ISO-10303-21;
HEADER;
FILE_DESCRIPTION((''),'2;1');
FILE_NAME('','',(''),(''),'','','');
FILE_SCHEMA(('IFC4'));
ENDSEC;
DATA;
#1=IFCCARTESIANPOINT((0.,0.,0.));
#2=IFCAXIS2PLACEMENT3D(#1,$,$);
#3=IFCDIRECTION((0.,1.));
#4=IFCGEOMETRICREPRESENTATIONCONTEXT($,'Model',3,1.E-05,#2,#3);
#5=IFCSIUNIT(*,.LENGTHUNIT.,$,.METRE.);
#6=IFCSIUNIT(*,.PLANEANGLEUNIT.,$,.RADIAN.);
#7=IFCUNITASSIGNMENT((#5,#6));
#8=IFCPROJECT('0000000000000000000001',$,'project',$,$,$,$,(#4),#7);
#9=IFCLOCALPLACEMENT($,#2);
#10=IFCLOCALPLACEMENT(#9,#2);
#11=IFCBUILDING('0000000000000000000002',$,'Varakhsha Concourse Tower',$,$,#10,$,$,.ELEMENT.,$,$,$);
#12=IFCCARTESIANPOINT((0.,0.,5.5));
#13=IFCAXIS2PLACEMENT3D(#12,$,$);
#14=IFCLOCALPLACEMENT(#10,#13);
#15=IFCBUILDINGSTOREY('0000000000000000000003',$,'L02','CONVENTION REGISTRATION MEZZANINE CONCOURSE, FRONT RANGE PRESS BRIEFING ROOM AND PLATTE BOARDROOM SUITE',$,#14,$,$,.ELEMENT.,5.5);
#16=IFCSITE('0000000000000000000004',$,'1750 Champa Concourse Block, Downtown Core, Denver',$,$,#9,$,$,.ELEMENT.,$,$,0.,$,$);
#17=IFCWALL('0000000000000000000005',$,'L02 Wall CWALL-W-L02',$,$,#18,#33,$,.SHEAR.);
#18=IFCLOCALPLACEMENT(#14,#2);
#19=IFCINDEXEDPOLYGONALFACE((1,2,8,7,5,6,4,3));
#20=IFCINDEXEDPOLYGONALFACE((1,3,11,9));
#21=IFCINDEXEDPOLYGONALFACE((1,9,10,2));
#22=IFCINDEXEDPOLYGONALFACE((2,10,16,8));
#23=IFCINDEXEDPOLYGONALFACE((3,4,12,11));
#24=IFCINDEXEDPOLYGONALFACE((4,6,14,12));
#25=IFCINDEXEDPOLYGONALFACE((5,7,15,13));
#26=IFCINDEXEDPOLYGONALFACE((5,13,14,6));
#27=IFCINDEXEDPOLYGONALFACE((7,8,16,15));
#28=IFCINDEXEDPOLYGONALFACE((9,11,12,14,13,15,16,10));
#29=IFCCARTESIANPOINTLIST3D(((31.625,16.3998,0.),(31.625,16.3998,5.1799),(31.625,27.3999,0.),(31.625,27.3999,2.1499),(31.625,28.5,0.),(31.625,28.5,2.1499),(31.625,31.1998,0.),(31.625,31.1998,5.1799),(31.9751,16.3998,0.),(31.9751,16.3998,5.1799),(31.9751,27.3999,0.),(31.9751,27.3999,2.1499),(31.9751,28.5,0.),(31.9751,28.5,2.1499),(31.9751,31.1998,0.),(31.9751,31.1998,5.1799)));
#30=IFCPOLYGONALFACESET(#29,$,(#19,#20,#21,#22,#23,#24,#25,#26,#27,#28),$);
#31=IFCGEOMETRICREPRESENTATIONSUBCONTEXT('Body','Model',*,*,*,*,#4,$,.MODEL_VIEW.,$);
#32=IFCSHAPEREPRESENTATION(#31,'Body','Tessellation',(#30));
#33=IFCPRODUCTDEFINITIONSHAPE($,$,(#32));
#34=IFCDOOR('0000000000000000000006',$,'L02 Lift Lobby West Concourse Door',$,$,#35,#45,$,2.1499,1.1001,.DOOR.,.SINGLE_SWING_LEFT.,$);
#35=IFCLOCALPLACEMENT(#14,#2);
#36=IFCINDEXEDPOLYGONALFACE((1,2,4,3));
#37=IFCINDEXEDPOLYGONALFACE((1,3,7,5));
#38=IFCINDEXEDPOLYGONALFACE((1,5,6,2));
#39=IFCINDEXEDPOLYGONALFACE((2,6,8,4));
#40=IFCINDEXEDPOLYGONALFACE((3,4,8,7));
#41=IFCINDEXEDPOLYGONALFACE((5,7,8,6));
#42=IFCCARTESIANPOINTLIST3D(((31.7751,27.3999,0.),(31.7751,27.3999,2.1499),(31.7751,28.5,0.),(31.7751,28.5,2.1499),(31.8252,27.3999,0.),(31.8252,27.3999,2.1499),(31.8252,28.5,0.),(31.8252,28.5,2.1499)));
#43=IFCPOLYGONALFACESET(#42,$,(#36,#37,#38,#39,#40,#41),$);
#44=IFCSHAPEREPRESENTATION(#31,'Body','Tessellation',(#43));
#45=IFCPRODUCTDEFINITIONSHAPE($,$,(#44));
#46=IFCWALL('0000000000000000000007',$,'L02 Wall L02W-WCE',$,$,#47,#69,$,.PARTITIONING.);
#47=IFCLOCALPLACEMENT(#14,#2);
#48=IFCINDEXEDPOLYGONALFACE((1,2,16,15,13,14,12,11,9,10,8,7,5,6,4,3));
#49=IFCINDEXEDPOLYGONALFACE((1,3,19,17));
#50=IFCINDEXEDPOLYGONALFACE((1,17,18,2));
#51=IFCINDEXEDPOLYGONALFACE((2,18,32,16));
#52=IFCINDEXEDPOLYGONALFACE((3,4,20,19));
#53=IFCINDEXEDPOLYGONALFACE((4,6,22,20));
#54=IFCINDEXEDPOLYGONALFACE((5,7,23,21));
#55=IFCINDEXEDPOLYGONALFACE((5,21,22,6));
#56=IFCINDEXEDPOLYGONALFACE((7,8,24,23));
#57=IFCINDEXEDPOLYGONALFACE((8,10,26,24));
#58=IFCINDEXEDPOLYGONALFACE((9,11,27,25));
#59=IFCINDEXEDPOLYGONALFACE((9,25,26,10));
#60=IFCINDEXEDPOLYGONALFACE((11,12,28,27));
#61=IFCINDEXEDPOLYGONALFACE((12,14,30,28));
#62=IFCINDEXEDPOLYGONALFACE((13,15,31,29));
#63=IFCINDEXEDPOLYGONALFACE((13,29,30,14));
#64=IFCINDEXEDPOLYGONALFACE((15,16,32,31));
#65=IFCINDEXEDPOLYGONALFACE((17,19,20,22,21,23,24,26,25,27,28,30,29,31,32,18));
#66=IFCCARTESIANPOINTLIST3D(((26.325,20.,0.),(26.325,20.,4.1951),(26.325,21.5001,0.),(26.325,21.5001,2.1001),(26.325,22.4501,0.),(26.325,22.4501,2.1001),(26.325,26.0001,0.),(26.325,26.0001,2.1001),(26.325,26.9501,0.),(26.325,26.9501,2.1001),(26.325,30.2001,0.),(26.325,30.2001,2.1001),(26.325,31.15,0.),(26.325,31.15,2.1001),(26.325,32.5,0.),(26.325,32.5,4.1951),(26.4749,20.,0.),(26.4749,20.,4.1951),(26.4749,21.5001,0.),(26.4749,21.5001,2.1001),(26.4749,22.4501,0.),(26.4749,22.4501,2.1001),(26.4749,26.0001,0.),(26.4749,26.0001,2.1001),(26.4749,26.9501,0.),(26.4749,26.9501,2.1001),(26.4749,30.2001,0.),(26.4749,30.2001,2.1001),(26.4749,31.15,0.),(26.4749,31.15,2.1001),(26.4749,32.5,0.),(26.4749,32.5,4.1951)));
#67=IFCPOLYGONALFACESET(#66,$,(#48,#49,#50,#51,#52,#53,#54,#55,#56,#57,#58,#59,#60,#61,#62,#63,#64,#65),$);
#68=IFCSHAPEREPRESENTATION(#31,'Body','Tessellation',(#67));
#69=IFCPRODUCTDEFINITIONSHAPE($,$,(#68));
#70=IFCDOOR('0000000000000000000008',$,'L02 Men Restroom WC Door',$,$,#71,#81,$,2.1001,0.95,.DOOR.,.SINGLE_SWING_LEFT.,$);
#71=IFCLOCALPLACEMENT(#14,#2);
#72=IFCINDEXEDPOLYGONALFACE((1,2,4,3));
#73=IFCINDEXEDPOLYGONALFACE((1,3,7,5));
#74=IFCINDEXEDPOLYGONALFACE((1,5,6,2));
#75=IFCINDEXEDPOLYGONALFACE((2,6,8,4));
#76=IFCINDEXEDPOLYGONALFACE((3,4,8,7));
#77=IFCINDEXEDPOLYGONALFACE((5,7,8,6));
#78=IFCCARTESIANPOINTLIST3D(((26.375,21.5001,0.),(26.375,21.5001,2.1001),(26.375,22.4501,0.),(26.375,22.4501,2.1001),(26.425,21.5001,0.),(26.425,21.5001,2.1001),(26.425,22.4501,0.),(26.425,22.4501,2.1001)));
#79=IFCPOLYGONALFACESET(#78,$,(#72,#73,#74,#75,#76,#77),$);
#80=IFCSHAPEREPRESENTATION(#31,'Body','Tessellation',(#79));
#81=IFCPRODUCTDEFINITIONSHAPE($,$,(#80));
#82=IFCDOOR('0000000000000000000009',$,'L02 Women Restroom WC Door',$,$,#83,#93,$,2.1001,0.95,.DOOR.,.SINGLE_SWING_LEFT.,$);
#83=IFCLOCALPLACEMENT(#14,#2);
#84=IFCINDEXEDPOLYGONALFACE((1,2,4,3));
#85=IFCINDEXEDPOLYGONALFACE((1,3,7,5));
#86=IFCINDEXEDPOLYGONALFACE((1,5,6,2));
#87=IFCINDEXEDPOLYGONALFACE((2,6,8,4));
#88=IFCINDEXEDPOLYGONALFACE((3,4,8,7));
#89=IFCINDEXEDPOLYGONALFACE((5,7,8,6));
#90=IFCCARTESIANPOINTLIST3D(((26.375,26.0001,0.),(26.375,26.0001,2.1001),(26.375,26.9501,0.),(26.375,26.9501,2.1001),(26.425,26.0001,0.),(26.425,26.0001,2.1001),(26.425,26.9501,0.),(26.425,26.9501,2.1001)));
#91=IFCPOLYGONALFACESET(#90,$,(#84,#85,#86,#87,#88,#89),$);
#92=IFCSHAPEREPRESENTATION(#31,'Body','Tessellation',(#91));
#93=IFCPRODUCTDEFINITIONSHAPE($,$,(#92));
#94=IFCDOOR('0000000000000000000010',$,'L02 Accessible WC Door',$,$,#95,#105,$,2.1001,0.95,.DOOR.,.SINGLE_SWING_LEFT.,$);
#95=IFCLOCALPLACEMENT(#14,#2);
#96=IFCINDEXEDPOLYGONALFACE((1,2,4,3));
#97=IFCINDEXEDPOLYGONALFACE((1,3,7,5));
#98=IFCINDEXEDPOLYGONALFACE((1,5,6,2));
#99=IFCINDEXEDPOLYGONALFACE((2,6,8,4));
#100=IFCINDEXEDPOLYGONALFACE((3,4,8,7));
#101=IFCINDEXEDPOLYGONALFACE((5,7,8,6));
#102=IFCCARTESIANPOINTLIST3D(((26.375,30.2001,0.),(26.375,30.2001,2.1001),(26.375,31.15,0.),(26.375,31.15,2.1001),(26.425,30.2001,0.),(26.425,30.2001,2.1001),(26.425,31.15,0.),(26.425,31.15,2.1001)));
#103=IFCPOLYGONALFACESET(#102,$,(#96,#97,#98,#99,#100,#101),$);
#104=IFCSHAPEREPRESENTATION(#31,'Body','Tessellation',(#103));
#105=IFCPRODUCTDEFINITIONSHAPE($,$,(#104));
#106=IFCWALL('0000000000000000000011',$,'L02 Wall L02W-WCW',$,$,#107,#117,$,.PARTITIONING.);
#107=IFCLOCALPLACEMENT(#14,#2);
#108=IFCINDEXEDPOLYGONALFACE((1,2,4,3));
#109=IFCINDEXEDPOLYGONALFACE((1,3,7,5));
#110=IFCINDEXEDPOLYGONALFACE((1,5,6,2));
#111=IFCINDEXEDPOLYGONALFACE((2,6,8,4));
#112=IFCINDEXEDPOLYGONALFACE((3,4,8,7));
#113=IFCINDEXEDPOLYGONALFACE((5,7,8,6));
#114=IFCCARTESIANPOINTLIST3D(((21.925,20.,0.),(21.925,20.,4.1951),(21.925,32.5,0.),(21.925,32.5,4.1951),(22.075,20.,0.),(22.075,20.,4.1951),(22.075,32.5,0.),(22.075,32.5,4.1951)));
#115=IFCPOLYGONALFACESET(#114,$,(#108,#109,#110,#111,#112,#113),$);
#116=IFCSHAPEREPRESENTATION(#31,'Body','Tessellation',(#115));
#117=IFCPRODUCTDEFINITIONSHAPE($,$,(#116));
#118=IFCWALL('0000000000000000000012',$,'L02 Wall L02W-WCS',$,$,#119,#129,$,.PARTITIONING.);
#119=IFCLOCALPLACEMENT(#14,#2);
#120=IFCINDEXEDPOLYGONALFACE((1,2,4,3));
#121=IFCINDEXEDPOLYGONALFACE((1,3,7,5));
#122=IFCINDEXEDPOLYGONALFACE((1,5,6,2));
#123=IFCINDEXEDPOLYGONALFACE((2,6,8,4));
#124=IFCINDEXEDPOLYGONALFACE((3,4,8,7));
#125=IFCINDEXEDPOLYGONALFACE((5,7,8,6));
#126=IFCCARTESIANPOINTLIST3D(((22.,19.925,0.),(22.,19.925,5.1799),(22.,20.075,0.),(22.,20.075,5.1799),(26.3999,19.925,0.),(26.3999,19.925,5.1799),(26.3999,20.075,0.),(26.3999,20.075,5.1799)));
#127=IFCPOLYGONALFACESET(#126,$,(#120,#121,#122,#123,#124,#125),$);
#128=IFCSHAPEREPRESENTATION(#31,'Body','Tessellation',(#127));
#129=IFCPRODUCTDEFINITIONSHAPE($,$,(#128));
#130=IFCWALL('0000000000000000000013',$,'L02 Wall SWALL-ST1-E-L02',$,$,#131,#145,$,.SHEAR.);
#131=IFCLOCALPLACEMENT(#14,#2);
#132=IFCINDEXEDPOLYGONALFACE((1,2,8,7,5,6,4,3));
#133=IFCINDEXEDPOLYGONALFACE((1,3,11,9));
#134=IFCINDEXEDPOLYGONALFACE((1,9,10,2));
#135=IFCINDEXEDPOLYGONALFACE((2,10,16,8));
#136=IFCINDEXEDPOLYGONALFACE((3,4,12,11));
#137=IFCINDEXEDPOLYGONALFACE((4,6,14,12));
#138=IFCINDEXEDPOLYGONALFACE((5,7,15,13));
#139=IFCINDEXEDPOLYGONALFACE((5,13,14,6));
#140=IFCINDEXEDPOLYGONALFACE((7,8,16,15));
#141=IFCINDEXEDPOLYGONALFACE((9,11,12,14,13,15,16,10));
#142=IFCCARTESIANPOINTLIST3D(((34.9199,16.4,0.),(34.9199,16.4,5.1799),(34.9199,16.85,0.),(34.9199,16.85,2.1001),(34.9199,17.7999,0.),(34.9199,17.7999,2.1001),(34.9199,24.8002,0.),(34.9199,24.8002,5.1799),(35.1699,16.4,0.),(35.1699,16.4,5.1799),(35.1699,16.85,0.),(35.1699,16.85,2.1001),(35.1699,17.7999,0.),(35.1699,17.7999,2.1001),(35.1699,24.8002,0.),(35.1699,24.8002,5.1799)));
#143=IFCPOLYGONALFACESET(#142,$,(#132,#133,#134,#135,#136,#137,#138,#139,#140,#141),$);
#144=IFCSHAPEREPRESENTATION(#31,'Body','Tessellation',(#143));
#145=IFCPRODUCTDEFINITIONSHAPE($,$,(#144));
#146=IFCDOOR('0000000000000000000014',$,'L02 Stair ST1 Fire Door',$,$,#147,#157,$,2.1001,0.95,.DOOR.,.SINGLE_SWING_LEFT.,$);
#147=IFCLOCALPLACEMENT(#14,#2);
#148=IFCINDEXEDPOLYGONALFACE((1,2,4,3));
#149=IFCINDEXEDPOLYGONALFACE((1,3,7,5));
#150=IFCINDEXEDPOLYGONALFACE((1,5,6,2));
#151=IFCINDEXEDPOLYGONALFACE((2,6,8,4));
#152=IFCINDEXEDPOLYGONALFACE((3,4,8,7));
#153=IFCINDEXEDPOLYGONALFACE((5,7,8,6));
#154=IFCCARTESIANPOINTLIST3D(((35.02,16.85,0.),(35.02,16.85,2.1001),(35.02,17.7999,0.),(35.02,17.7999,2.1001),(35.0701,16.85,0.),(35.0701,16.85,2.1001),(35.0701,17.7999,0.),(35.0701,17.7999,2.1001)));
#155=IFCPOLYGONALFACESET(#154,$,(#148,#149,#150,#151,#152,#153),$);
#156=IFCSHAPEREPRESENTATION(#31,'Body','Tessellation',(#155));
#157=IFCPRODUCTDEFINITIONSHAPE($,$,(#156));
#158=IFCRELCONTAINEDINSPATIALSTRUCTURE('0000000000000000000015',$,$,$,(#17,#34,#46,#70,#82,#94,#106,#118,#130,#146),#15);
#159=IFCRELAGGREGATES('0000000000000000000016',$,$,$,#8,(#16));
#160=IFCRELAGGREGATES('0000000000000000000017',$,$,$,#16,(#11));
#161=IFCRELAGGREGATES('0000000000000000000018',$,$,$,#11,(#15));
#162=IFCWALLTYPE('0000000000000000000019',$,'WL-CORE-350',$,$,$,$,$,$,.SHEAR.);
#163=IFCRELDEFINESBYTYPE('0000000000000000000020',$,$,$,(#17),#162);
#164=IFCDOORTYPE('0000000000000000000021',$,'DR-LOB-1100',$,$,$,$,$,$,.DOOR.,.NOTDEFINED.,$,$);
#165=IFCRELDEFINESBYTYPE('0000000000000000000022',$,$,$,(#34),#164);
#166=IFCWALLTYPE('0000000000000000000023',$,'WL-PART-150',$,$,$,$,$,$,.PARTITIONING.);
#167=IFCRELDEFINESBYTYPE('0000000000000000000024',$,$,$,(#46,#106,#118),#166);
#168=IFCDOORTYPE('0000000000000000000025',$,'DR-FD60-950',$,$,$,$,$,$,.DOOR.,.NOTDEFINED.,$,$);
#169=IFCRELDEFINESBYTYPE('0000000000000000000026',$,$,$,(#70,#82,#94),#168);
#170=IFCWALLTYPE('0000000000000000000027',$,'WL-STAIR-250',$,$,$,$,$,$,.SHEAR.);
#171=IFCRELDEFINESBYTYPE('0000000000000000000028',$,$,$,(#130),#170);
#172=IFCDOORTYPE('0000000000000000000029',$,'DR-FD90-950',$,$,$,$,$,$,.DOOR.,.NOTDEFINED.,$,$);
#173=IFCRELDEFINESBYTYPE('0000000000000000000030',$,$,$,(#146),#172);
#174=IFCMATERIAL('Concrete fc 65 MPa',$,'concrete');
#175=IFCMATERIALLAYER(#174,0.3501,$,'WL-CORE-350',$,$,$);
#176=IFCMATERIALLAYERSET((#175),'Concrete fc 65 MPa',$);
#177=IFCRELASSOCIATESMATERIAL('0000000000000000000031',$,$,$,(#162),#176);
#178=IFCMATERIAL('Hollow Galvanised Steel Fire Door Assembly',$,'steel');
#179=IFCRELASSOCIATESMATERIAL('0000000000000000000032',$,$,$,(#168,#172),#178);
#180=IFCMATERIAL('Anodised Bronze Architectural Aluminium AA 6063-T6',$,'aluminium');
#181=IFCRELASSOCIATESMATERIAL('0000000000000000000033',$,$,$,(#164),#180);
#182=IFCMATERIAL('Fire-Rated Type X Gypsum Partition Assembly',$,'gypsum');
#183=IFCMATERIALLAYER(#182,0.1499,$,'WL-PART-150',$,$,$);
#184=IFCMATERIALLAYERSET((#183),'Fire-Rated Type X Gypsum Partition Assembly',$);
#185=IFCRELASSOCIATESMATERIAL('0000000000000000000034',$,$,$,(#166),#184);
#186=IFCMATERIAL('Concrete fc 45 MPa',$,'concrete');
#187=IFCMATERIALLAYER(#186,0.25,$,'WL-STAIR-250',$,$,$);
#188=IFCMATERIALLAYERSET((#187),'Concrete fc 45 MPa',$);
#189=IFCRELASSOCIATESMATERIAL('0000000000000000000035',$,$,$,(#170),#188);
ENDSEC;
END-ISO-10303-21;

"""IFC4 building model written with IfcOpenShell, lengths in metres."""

from ifc_helpers import new_model, si_unit, direction, frame, frame_2d, origin, place, context, subcontext, project, spatial, rectangle, extrude, material, layer, layer_set, type_object, element, fill, save


model = new_model("IFC4")

# Units and contexts
model_context = context("Model", 3, precision=1e-05, world=origin(), true_north=direction((0.0, 1.0)))
body_context = subcontext(model_context, "Body", "Model", "MODEL_VIEW")
ifc_project = project(units=[si_unit("LENGTHUNIT", "METRE"), si_unit("PLANEANGLEUNIT", "RADIAN")], contexts=[model_context])

# Site, building, storey
site_placement = place(None, origin())
site = spatial("IfcSite", under=ifc_project, at=site_placement, Name="1750 Champa Concourse Block, Downtown Core, Denver", CompositionType="ELEMENT", RefElevation=0.0)
building_placement = place(site_placement, origin())
building = spatial("IfcBuilding", under=site, at=building_placement, Name="Varakhsha Concourse Tower", CompositionType="ELEMENT")
storey_placement = place(building_placement, frame((0.0, 0.0, 5.5)))
storey = spatial("IfcBuildingStorey", under=building, at=storey_placement, Name="L02", Description="CONVENTION REGISTRATION MEZZANINE CONCOURSE, FRONT RANGE PRESS BRIEFING ROOM AND PLATTE BOARDROOM SUITE", CompositionType="ELEMENT", Elevation=5.5)

# Shared definitions
ifc_material_1 = material(Name="Concrete fc 65 MPa", Category="concrete")

# Shared definitions
ifc_layer_1 = layer(ifc_material_1, 0.3501, Name="WL-CORE-350")
ifc_layer_set_1 = layer_set([ifc_layer_1], Name="Concrete fc 65 MPa")
wall_type_1 = type_object("IfcWallType", Name="WL-CORE-350", PredefinedType="SHEAR", material=ifc_layer_set_1)
ifc_material_2 = material(Name="Hollow Galvanised Steel Fire Door Assembly", Category="steel")
door_type_1 = type_object("IfcDoorType", Name="DR-FD60-950", OperationType="NOTDEFINED", PredefinedType="DOOR", material=ifc_material_2)

# Wall, opening, door
wall_1_placement = place(storey_placement, frame((31.8, 16.3999, 0.0), z_axis=(0.0, 0.0, 1.0), x_axis=(0.0, 1.0, 0.0)))
wall_1 = element("IfcWall", 1, at=wall_1_placement, inside=storey, type_object=wall_type_1, Name="L02 Wall CWALL-W-L02", PredefinedType="SHEAR", context=body_context, shape_type="SweptSolid", body=[
    extrude(rectangle(XDim=14.8, YDim=0.3501, at=frame_2d((7.3999, 0.0))), origin(), (0.0, 0.0, 1.0), 5.1799),
])
opening_1_placement = place(wall_1_placement, frame((11.0, 0.0, 0.0)))
opening_1 = element("IfcOpeningElement", 2, at=opening_1_placement, cuts=wall_1, PredefinedType="OPENING", context=body_context, shape_type="SweptSolid", body=[
    extrude(rectangle(XDim=1.1001, YDim=2.1499, at=frame_2d((0.55, 1.075))), frame((0.0, 0.1851, 0.0), z_axis=(0.0, -1.0, 0.0), x_axis=(1.0, 0.0, 0.0)), (0.0, 0.0, 1.0), 0.3701),
])
ifc_material_3 = material(Name="Anodised Bronze Architectural Aluminium AA 6063-T6", Category="aluminium")
door_type_2 = type_object("IfcDoorType", Name="DR-LOB-1100", OperationType="NOTDEFINED", PredefinedType="DOOR", material=ifc_material_3)
door_1_placement = place(opening_1_placement, origin())
door_1 = element("IfcDoor", 3, at=door_1_placement, inside=storey, type_object=door_type_2, Name="L02 Lift Lobby West Concourse Door", OperationType="SINGLE_SWING_LEFT", OverallHeight=2.1499, OverallWidth=1.1001, PredefinedType="DOOR", context=body_context, shape_type="SweptSolid", body=[
    extrude(rectangle(XDim=1.1001, YDim=2.1499, at=frame_2d((0.55, 1.075))), frame((0.0, 0.0249, 0.0), z_axis=(0.0, -1.0, 0.0), x_axis=(1.0, 0.0, 0.0)), (0.0, 0.0, 1.0), 0.05),
])
fill(opening_1, door_1)

# Wall, openings, doors
ifc_material_4 = material(Name="Fire-Rated Type X Gypsum Partition Assembly", Category="gypsum")
ifc_layer_2 = layer(ifc_material_4, 0.1499, Name="WL-PART-150")
ifc_layer_set_2 = layer_set([ifc_layer_2], Name="Fire-Rated Type X Gypsum Partition Assembly")
wall_type_2 = type_object("IfcWallType", Name="WL-PART-150", PredefinedType="PARTITIONING", material=ifc_layer_set_2)
wall_2_placement = place(storey_placement, frame((26.3999, 20.0, 0.0), z_axis=(0.0, 0.0, 1.0), x_axis=(0.0, 1.0, 0.0)))
wall_2 = element("IfcWall", 4, at=wall_2_placement, inside=storey, type_object=wall_type_2, Name="L02 Wall L02W-WCE", PredefinedType="PARTITIONING", context=body_context, shape_type="SweptSolid", body=[
    extrude(rectangle(XDim=12.5, YDim=0.1499, at=frame_2d((6.25, 0.0))), origin(), (0.0, 0.0, 1.0), 4.1951),
])
opening_2_placement = place(wall_2_placement, frame((1.5, 0.0, 0.0)))
opening_2 = element("IfcOpeningElement", 5, at=opening_2_placement, cuts=wall_2, PredefinedType="OPENING", context=body_context, shape_type="SweptSolid", body=[
    extrude(rectangle(XDim=0.95, YDim=2.1001, at=frame_2d((0.4751, 1.05))), frame((0.0, 0.085, 0.0), z_axis=(0.0, -1.0, 0.0), x_axis=(1.0, 0.0, 0.0)), (0.0, 0.0, 1.0), 0.1699),
])
opening_3_placement = place(wall_2_placement, frame((6.0, 0.0, 0.0)))
opening_3 = element("IfcOpeningElement", 6, at=opening_3_placement, cuts=wall_2, PredefinedType="OPENING", context=body_context, shape_type="SweptSolid", body=[
    extrude(rectangle(XDim=0.95, YDim=2.1001, at=frame_2d((0.4751, 1.05))), frame((0.0, 0.085, 0.0), z_axis=(0.0, -1.0, 0.0), x_axis=(1.0, 0.0, 0.0)), (0.0, 0.0, 1.0), 0.1699),
])
opening_4_placement = place(wall_2_placement, frame((10.2, 0.0, 0.0)))
opening_4 = element("IfcOpeningElement", 7, at=opening_4_placement, cuts=wall_2, PredefinedType="OPENING", context=body_context, shape_type="SweptSolid", body=[
    extrude(rectangle(XDim=0.95, YDim=2.1001, at=frame_2d((0.4751, 1.05))), frame((0.0, 0.085, 0.0), z_axis=(0.0, -1.0, 0.0), x_axis=(1.0, 0.0, 0.0)), (0.0, 0.0, 1.0), 0.1699),
])
door_2_placement = place(opening_2_placement, origin())
door_2 = element("IfcDoor", 8, at=door_2_placement, inside=storey, type_object=door_type_1, Name="L02 Men Restroom WC Door", OperationType="SINGLE_SWING_LEFT", OverallHeight=2.1001, OverallWidth=0.95, PredefinedType="DOOR", context=body_context, shape_type="SweptSolid", body=[
    extrude(rectangle(XDim=0.95, YDim=2.1001, at=frame_2d((0.4751, 1.05))), frame((0.0, 0.0249, 0.0), z_axis=(0.0, -1.0, 0.0), x_axis=(1.0, 0.0, 0.0)), (0.0, 0.0, 1.0), 0.05),
])
fill(opening_2, door_2)
door_3_placement = place(opening_3_placement, origin())
door_3 = element("IfcDoor", 9, at=door_3_placement, inside=storey, type_object=door_type_1, Name="L02 Women Restroom WC Door", OperationType="SINGLE_SWING_LEFT", OverallHeight=2.1001, OverallWidth=0.95, PredefinedType="DOOR", context=body_context, shape_type="SweptSolid", body=[
    extrude(rectangle(XDim=0.95, YDim=2.1001, at=frame_2d((0.4751, 1.05))), frame((0.0, 0.0249, 0.0), z_axis=(0.0, -1.0, 0.0), x_axis=(1.0, 0.0, 0.0)), (0.0, 0.0, 1.0), 0.05),
])
fill(opening_3, door_3)
door_4_placement = place(opening_4_placement, origin())
door_4 = element("IfcDoor", 10, at=door_4_placement, inside=storey, type_object=door_type_1, Name="L02 Accessible WC Door", OperationType="SINGLE_SWING_LEFT", OverallHeight=2.1001, OverallWidth=0.95, PredefinedType="DOOR", context=body_context, shape_type="SweptSolid", body=[
    extrude(rectangle(XDim=0.95, YDim=2.1001, at=frame_2d((0.4751, 1.05))), frame((0.0, 0.0249, 0.0), z_axis=(0.0, -1.0, 0.0), x_axis=(1.0, 0.0, 0.0)), (0.0, 0.0, 1.0), 0.05),
])
fill(opening_4, door_4)

# Walls
wall_3_placement = place(storey_placement, frame((22.0, 20.0, 0.0), z_axis=(0.0, 0.0, 1.0), x_axis=(0.0, 1.0, 0.0)))
element("IfcWall", 11, at=wall_3_placement, inside=storey, type_object=wall_type_2, Name="L02 Wall L02W-WCW", PredefinedType="PARTITIONING", context=body_context, shape_type="SweptSolid", body=[
    extrude(rectangle(XDim=12.5, YDim=0.1499, at=frame_2d((6.25, 0.0))), origin(), (0.0, 0.0, 1.0), 4.1951),
])
wall_4_placement = place(storey_placement, frame((22.0, 20.0, 0.0), z_axis=(0.0, 0.0, 1.0), x_axis=(1.0, 0.0, 0.0)))
element("IfcWall", 12, at=wall_4_placement, inside=storey, type_object=wall_type_2, Name="L02 Wall L02W-WCS", PredefinedType="PARTITIONING", context=body_context, shape_type="SweptSolid", body=[
    extrude(rectangle(XDim=4.3999, YDim=0.1499, at=frame_2d((2.2, 0.0))), origin(), (0.0, 0.0, 1.0), 5.1799),
])

# Wall, opening, door
ifc_material_5 = material(Name="Concrete fc 45 MPa", Category="concrete")
ifc_layer_3 = layer(ifc_material_5, 0.25, Name="WL-STAIR-250")
ifc_layer_set_3 = layer_set([ifc_layer_3], Name="Concrete fc 45 MPa")
wall_type_3 = type_object("IfcWallType", Name="WL-STAIR-250", PredefinedType="SHEAR", material=ifc_layer_set_3)
wall_5_placement = place(storey_placement, frame((35.0449, 16.3999, 0.0), z_axis=(0.0, 0.0, 1.0), x_axis=(0.0, 1.0, 0.0)))
wall_5 = element("IfcWall", 13, at=wall_5_placement, inside=storey, type_object=wall_type_3, Name="L02 Wall SWALL-ST1-E-L02", PredefinedType="SHEAR", context=body_context, shape_type="SweptSolid", body=[
    extrude(rectangle(XDim=8.4001, YDim=0.25, at=frame_2d((4.2002, 0.0))), origin(), (0.0, 0.0, 1.0), 5.1799),
])
opening_5_placement = place(wall_5_placement, frame((0.45, 0.0, 0.0)))
opening_5 = element("IfcOpeningElement", 14, at=opening_5_placement, cuts=wall_5, PredefinedType="OPENING", context=body_context, shape_type="SweptSolid", body=[
    extrude(rectangle(XDim=0.95, YDim=2.1001, at=frame_2d((0.4751, 1.05))), frame((0.0, 0.135, 0.0), z_axis=(0.0, -1.0, 0.0), x_axis=(1.0, 0.0, 0.0)), (0.0, 0.0, 1.0), 0.27),
])
door_type_3 = type_object("IfcDoorType", Name="DR-FD90-950", OperationType="NOTDEFINED", PredefinedType="DOOR", material=ifc_material_2)
door_5_placement = place(opening_5_placement, origin())
door_5 = element("IfcDoor", 15, at=door_5_placement, inside=storey, type_object=door_type_3, Name="L02 Stair ST1 Fire Door", OperationType="SINGLE_SWING_LEFT", OverallHeight=2.1001, OverallWidth=0.95, PredefinedType="DOOR", context=body_context, shape_type="SweptSolid", body=[
    extrude(rectangle(XDim=0.95, YDim=2.1001, at=frame_2d((0.4751, 1.05))), frame((0.0, 0.0249, 0.0), z_axis=(0.0, -1.0, 0.0), x_axis=(1.0, 0.0, 0.0)), (0.0, 0.0, 1.0), 0.05),
])
fill(opening_5, door_5)

save(model, "model.ifc")
